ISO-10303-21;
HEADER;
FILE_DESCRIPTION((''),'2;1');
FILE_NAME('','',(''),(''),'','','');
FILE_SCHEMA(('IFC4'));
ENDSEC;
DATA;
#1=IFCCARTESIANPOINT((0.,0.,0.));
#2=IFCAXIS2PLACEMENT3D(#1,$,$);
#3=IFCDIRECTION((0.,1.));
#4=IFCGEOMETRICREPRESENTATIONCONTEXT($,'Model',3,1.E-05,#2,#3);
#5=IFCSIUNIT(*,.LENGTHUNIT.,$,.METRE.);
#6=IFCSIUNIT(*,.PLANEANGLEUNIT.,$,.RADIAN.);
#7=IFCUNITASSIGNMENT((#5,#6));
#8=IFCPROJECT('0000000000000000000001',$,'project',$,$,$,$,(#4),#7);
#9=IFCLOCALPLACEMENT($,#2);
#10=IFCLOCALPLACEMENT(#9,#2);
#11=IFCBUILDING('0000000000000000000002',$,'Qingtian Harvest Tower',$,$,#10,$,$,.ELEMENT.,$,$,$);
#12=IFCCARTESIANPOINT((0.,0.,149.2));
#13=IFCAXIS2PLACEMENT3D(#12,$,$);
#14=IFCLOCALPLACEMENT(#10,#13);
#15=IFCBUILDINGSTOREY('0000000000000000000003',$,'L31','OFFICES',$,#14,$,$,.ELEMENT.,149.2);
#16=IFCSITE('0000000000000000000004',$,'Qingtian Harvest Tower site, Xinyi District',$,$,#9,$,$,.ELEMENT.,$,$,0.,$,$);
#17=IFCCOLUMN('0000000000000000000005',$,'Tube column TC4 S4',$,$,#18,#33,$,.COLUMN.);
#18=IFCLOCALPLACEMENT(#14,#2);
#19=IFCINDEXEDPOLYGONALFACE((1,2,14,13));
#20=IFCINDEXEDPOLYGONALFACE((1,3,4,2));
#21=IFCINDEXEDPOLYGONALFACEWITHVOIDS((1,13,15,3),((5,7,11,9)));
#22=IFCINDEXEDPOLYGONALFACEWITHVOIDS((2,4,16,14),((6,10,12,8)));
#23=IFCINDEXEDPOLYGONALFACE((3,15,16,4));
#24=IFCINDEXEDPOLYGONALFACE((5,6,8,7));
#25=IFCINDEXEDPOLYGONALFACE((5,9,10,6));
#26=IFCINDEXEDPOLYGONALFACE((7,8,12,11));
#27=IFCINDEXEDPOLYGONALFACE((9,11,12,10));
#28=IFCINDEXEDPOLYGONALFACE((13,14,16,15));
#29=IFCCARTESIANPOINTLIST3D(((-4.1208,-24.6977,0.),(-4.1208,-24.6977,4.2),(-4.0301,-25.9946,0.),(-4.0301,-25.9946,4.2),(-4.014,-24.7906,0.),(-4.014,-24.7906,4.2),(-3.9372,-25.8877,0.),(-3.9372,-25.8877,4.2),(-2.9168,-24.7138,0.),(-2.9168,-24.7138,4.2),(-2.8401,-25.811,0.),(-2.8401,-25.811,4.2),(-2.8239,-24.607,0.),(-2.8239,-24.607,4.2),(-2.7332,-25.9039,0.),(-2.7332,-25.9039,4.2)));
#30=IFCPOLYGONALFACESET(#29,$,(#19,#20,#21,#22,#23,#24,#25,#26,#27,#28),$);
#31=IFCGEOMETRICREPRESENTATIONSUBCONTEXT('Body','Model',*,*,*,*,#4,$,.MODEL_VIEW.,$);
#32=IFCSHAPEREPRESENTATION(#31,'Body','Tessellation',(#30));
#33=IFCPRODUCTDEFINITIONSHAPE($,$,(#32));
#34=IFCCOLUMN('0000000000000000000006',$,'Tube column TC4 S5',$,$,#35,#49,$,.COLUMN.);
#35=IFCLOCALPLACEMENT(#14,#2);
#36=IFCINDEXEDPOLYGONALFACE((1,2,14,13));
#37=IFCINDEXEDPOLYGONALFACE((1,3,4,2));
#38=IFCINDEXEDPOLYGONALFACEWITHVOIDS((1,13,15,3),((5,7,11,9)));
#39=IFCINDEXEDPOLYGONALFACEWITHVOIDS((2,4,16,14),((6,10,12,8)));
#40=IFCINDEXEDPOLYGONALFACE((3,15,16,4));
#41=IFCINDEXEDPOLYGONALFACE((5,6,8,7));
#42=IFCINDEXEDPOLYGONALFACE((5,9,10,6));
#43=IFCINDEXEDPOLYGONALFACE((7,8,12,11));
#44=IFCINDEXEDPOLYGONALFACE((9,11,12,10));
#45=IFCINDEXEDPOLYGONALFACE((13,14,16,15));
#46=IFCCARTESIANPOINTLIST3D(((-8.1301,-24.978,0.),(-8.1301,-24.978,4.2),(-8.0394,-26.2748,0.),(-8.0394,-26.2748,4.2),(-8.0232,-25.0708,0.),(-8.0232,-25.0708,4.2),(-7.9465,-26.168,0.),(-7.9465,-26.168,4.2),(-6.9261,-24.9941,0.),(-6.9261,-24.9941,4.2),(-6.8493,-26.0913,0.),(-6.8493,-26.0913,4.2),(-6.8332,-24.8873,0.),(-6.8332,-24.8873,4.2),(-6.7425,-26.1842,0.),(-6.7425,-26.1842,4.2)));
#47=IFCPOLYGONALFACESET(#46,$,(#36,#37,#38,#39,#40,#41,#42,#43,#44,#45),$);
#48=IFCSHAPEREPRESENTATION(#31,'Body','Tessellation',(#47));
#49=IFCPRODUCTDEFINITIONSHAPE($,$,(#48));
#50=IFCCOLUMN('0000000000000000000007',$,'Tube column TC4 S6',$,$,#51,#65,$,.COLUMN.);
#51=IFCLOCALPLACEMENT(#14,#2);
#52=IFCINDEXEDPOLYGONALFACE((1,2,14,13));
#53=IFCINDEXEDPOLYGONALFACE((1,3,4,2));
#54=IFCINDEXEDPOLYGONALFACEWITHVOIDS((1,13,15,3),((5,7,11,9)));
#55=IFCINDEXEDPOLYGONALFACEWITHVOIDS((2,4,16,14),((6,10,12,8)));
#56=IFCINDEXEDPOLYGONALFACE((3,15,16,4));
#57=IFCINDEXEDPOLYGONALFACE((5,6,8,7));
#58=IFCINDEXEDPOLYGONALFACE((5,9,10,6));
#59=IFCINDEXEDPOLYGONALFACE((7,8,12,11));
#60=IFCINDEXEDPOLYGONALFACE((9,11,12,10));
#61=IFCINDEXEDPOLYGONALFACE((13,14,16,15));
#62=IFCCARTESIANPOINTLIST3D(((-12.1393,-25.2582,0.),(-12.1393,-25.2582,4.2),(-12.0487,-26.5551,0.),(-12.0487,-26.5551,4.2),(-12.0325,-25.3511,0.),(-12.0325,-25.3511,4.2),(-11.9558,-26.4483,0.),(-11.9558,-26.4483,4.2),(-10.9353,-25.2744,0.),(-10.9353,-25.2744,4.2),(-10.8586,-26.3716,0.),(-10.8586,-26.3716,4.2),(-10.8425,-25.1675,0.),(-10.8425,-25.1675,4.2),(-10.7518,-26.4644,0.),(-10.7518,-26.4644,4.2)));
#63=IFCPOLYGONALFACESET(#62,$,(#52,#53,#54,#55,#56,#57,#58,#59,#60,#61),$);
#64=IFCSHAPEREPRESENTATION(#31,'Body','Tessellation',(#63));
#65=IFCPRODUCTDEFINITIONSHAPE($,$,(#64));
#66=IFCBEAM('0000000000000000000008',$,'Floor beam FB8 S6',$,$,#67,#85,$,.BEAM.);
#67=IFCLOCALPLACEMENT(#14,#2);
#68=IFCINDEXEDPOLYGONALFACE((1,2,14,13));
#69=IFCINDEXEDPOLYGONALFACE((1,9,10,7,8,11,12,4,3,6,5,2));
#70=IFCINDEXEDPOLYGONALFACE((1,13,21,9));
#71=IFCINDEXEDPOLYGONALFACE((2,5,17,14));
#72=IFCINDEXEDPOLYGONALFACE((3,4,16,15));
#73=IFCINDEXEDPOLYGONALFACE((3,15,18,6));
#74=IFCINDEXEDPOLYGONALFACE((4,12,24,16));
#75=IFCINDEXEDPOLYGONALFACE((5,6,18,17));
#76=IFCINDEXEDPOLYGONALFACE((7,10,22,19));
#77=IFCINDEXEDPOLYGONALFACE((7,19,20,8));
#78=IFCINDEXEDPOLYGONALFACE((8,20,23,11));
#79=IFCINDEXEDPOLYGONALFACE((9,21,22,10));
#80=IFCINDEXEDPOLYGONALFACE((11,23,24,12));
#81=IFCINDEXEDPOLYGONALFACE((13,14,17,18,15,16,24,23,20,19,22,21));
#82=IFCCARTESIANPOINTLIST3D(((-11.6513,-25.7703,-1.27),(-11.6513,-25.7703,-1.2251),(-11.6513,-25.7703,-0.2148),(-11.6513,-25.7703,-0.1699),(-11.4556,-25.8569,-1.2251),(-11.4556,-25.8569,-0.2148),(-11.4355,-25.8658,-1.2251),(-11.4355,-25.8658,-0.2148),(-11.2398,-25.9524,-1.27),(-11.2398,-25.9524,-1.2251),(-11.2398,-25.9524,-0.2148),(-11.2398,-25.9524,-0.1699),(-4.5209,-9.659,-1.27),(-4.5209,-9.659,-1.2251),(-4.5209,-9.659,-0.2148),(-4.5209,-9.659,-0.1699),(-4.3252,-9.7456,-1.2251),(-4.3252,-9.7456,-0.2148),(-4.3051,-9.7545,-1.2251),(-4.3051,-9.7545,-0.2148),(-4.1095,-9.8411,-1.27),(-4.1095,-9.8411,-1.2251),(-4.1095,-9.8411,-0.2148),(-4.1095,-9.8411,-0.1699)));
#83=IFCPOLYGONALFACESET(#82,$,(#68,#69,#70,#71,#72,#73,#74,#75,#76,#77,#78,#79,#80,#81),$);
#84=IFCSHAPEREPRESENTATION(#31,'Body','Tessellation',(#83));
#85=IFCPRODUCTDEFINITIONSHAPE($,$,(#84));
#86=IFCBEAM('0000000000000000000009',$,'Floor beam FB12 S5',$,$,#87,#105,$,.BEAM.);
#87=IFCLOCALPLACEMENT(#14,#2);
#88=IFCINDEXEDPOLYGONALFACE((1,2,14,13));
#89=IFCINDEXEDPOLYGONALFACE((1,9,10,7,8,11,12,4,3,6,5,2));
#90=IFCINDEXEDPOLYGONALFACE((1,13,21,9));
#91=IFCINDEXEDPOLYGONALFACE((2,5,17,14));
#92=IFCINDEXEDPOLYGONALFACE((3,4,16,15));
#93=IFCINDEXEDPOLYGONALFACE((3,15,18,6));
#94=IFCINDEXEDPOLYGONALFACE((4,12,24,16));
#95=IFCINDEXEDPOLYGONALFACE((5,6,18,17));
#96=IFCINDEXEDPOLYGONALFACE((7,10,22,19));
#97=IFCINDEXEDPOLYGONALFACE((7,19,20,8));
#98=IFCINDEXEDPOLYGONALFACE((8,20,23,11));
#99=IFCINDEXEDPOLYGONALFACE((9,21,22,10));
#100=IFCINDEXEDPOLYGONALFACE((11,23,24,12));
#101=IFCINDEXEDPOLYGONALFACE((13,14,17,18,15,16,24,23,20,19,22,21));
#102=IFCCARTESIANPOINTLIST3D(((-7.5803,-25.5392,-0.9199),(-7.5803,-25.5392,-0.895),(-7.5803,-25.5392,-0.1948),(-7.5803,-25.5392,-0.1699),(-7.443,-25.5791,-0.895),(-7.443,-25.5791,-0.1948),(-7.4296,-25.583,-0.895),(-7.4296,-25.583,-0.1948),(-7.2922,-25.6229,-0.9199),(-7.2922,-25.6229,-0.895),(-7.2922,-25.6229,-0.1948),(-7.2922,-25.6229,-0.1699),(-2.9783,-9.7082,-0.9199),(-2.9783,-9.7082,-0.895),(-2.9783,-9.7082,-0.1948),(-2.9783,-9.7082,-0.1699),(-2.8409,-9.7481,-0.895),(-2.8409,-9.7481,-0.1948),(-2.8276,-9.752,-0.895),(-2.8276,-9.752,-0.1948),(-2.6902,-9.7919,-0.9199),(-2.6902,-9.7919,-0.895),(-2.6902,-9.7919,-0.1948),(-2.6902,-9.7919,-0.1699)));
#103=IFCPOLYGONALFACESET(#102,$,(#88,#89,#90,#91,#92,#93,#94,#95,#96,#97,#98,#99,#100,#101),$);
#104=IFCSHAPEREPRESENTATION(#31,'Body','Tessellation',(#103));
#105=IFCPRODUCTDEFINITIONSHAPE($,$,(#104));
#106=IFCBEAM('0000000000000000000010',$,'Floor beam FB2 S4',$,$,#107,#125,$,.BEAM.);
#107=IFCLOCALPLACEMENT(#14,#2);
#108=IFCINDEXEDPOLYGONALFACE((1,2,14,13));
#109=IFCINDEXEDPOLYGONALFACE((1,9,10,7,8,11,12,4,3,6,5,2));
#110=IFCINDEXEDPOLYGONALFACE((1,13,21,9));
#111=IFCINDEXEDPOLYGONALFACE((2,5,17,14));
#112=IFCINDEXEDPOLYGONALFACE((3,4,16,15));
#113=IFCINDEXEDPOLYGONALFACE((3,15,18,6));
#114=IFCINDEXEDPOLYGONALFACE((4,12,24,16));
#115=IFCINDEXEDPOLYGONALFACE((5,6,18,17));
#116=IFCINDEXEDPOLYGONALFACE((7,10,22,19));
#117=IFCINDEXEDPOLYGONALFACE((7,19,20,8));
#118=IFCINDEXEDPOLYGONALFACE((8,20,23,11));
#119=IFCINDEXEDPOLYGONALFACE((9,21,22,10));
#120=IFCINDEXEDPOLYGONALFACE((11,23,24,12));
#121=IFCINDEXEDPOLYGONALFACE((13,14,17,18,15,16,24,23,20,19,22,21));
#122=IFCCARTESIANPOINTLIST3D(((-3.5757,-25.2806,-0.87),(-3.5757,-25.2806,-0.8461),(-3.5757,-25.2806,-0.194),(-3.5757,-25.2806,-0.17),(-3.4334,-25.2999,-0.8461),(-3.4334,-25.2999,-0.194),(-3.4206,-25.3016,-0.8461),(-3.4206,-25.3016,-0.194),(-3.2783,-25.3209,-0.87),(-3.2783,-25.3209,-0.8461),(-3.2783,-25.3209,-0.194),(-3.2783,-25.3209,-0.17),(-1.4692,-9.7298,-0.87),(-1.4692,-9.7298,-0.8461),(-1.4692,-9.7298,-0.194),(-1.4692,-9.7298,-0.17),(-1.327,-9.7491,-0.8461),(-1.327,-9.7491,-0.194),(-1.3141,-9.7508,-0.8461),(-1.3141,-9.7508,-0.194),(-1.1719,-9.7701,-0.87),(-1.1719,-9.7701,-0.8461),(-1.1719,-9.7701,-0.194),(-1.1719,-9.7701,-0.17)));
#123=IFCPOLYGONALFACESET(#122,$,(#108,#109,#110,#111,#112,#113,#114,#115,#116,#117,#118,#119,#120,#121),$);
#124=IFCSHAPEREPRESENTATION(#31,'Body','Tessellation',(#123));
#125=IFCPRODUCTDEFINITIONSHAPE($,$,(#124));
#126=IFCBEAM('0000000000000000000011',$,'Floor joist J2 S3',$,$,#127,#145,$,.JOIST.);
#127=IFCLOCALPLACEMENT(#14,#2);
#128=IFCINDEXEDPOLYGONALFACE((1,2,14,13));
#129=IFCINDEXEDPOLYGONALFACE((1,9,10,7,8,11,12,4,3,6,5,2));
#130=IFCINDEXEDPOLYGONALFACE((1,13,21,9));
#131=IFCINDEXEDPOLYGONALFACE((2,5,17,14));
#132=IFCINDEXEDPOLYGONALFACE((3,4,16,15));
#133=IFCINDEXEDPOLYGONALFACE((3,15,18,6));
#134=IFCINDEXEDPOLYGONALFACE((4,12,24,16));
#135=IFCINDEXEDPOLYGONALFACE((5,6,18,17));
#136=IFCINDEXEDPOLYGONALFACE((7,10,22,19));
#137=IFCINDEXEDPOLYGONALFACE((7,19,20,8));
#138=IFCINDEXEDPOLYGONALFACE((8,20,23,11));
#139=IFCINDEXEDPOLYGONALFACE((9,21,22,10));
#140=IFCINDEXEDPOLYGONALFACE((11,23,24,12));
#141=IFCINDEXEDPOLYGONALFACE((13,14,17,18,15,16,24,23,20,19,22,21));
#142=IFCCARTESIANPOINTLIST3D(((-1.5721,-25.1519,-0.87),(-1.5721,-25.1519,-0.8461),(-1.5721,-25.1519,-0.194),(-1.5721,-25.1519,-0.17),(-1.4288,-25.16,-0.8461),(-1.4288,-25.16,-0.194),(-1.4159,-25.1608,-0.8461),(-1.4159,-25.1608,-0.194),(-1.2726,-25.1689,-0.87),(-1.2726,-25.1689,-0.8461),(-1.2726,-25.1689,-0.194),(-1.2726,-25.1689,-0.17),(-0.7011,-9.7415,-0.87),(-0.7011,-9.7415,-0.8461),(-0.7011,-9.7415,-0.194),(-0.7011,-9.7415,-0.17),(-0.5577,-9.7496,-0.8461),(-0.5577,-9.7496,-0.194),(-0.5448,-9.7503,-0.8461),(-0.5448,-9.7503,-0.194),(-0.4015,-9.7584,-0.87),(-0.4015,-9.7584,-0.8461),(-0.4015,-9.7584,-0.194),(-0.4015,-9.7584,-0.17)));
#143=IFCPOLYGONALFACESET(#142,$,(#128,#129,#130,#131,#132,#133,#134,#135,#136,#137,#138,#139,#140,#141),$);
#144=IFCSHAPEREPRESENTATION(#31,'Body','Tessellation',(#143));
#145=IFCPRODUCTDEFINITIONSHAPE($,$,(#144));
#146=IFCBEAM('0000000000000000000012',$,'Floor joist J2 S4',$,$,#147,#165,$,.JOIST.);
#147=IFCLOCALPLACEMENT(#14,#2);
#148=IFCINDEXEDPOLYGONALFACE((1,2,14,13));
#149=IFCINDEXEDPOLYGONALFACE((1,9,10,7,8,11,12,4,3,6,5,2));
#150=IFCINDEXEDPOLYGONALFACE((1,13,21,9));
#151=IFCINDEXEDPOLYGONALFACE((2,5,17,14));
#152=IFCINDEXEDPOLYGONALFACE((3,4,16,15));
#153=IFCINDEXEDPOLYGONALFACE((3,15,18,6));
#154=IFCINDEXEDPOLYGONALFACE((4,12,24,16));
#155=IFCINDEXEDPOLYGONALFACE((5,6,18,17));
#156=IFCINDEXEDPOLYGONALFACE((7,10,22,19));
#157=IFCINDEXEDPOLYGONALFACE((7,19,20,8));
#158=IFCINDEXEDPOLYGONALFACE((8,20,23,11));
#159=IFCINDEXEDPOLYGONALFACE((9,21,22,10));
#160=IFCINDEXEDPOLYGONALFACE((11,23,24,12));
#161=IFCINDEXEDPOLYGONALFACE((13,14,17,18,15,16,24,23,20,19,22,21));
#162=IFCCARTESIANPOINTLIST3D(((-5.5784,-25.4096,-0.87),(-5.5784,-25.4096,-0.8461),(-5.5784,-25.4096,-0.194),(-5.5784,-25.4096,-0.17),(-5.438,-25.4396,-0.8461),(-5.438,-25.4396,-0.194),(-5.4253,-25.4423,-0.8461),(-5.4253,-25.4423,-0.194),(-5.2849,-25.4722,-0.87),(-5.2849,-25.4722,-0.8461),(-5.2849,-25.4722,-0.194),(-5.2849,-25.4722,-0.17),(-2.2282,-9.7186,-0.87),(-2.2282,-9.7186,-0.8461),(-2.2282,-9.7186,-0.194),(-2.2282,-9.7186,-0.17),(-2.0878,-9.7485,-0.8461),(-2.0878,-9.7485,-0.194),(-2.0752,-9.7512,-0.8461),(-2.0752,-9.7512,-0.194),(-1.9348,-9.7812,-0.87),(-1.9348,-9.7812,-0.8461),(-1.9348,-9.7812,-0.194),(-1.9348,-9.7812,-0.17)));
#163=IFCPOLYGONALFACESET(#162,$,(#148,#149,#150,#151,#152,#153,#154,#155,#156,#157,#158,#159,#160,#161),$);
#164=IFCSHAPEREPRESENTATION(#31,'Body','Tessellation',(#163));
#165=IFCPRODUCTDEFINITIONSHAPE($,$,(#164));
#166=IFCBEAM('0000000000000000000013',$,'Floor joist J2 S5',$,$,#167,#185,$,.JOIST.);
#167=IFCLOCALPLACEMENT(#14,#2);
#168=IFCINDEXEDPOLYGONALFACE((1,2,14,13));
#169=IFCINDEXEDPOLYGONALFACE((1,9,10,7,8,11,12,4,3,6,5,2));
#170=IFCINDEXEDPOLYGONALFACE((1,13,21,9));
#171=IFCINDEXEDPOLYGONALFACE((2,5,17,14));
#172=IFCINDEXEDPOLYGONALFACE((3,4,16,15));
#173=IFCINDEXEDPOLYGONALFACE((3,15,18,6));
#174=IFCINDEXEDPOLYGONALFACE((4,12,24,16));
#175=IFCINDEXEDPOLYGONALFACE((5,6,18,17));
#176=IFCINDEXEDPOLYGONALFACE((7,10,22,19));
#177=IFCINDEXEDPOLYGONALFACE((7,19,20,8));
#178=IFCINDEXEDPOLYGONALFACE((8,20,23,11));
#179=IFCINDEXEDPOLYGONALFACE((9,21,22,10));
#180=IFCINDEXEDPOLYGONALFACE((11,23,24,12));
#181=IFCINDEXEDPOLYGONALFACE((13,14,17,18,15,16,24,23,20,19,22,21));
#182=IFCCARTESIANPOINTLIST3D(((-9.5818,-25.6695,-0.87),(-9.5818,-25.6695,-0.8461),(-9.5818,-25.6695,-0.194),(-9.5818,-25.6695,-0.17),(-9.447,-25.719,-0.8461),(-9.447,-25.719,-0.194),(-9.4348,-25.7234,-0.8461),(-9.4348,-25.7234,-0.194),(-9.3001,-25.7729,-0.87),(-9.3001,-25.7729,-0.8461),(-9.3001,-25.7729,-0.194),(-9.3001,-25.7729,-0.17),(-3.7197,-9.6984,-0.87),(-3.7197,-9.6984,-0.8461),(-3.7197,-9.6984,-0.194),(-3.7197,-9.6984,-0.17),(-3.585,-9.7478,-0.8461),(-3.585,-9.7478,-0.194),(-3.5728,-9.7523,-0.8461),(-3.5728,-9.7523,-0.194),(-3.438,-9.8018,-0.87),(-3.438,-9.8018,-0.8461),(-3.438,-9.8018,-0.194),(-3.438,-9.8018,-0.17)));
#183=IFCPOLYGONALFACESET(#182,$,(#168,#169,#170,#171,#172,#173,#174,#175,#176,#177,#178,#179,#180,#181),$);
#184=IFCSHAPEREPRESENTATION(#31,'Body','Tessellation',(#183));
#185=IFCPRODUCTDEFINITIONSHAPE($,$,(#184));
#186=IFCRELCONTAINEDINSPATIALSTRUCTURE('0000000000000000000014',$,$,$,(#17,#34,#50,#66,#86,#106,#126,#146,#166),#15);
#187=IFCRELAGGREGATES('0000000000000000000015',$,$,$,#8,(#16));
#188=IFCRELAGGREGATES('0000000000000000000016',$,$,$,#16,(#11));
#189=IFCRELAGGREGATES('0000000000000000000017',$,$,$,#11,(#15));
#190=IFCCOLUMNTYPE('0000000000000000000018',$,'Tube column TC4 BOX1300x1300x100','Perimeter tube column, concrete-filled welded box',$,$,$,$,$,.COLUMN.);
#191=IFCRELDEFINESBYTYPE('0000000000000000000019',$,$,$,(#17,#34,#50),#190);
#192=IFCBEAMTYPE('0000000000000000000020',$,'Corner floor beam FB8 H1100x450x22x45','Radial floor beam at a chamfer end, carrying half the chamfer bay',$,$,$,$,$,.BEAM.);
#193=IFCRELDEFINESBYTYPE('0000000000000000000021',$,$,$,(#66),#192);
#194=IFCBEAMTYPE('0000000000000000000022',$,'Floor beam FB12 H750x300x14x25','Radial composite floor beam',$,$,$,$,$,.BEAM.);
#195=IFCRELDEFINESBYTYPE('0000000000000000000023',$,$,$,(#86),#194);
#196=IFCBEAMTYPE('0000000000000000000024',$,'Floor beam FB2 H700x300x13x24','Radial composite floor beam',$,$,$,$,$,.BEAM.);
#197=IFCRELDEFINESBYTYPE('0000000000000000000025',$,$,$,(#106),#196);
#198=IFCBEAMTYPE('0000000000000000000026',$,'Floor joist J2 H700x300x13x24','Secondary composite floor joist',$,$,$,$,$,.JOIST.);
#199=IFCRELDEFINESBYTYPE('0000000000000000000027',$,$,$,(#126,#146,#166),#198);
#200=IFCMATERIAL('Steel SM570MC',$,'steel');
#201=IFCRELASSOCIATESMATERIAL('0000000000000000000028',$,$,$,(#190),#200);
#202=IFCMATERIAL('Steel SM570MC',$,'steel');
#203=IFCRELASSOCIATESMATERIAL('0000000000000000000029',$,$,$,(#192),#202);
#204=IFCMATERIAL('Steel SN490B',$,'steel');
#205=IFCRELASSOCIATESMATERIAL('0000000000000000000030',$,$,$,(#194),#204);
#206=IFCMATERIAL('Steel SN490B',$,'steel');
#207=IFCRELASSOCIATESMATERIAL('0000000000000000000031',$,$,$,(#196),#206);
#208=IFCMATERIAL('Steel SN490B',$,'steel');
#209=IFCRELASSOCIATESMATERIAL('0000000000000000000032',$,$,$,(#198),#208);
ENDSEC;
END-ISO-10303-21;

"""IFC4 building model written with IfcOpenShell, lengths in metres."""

from ifc_helpers import new_model, si_unit, direction, frame, origin, origin_2d, place, context, subcontext, project, spatial, hollow_rectangle, i_section, extrude, material, material_profile, profile_set, type_object, element, save


model = new_model("IFC4")

# Units and contexts
model_context = context("Model", 3, precision=1e-05, world=origin(), true_north=direction((0.0, 1.0)))
body_context = subcontext(model_context, "Body", "Model", "MODEL_VIEW")
ifc_project = project(units=[si_unit("LENGTHUNIT", "METRE"), si_unit("PLANEANGLEUNIT", "RADIAN")], contexts=[model_context])

# Site, building, storey
site_placement = place(None, origin())
site = spatial("IfcSite", under=ifc_project, at=site_placement, Name="Qingtian Harvest Tower site, Xinyi District", CompositionType="ELEMENT", RefElevation=0.0)
building_placement = place(site_placement, origin())
building = spatial("IfcBuilding", under=site, at=building_placement, Name="Qingtian Harvest Tower", CompositionType="ELEMENT")
storey_placement = place(building_placement, frame((0.0, 0.0, 149.2)))
storey = spatial("IfcBuildingStorey", under=building, at=storey_placement, Name="L31", Description="OFFICES", CompositionType="ELEMENT", Elevation=149.2)

# Columns
ifc_material_1 = material(Name="Steel SM570MC", Category="steel")
ifc_material_profile_1 = material_profile(ifc_material_1, hollow_rectangle(XDim=1.3, YDim=1.3, WallThickness=0.1001, at=origin_2d()), Name="BOX1300x1300x100")
ifc_profile_set_1 = profile_set([ifc_material_profile_1], Name="Steel SM570MC")
column_type = type_object("IfcColumnType", Name="Tube column TC4 BOX1300x1300x100", Description="Perimeter tube column, concrete-filled welded box", PredefinedType="COLUMN", material=ifc_profile_set_1)
for number, where, z_axis, x_axis, name in (
    (1, (-3.427, -25.3008, 0.0), (0.0, 0.0, 1.0), (0.997564, 0.069756, 0.0), "Tube column TC4 S4"),
    (2, (-7.4363, -25.5811, 0.0), (0.0, 0.0, 1.0), (0.997564, 0.069756, 0.0), "Tube column TC4 S5"),
    (3, (-11.4456, -25.8613, 0.0), (0.0, 0.0, 1.0), (0.997564, 0.069756, 0.0), "Tube column TC4 S6"),
):
    element("IfcColumn", number, at=place(storey_placement, frame(where, z_axis=z_axis, x_axis=x_axis)), inside=storey, type_object=column_type, Name=name, PredefinedType="COLUMN", context=body_context, shape_type="SweptSolid", body=[
        extrude(hollow_rectangle(XDim=1.3, YDim=1.3, WallThickness=0.1001, at=origin_2d()), origin(), (0.0, 0.0, 1.0), 4.2),
    ])

# Beams
ifc_material_2 = material(Name="Steel SM570MC", Category="steel")
ifc_material_profile_2 = material_profile(ifc_material_2, i_section(OverallWidth=0.45, OverallDepth=1.1001, WebThickness=0.022, FlangeThickness=0.0449, at=origin_2d()), Name="H1100x450x22x45")
ifc_profile_set_2 = profile_set([ifc_material_profile_2], Name="Steel SM570MC")
beam_type_1 = type_object("IfcBeamType", Name="Corner floor beam FB8 H1100x450x22x45", Description="Radial floor beam at a chamfer end, carrying half the chamfer bay", PredefinedType="BEAM", material=ifc_profile_set_2)
beam_1_placement = place(storey_placement, frame((-11.4456, -25.8613, -0.72), z_axis=(0.404706, 0.914447, 0.0), x_axis=(-0.914447, 0.404706, 0.0)))
element("IfcBeam", 4, at=beam_1_placement, inside=storey, type_object=beam_type_1, Name="Floor beam FB8 S6", PredefinedType="BEAM", context=body_context, shape_type="SweptSolid", body=[
    extrude(i_section(OverallWidth=0.45, OverallDepth=1.1001, WebThickness=0.022, FlangeThickness=0.0449, at=origin_2d()), origin(), (0.0, 0.0, 1.0), 17.6187),
])
ifc_material_3 = material(Name="Steel SN490B", Category="steel")
ifc_material_profile_3 = material_profile(ifc_material_3, i_section(OverallWidth=0.3, OverallDepth=0.75, WebThickness=0.0139, FlangeThickness=0.0249, at=origin_2d()), Name="H750x300x14x25")
ifc_profile_set_3 = profile_set([ifc_material_profile_3], Name="Steel SN490B")
beam_type_2 = type_object("IfcBeamType", Name="Floor beam FB12 H750x300x14x25", Description="Radial composite floor beam", PredefinedType="BEAM", material=ifc_profile_set_3)
beam_2_placement = place(storey_placement, frame((-7.4363, -25.5811, -0.5449), z_axis=(0.279142, 0.96025, 0.0), x_axis=(-0.96025, 0.279142, 0.0)))
element("IfcBeam", 5, at=beam_2_placement, inside=storey, type_object=beam_type_2, Name="Floor beam FB12 S5", PredefinedType="BEAM", context=body_context, shape_type="SweptSolid", body=[
    extrude(i_section(OverallWidth=0.3, OverallDepth=0.75, WebThickness=0.0139, FlangeThickness=0.0249, at=origin_2d()), origin(), (0.0, 0.0, 1.0), 16.4863),
])
ifc_material_4 = material(Name="Steel SN490B", Category="steel")
ifc_material_profile_4 = material_profile(ifc_material_4, i_section(OverallWidth=0.3, OverallDepth=0.7, WebThickness=0.0129, FlangeThickness=0.0239, at=origin_2d()), Name="H700x300x13x24")
ifc_profile_set_4 = profile_set([ifc_material_profile_4], Name="Steel SN490B")
beam_type_3 = type_object("IfcBeamType", Name="Floor beam FB2 H700x300x13x24", Description="Radial composite floor beam", PredefinedType="BEAM", material=ifc_profile_set_4)
beam_3_placement = place(storey_placement, frame((-3.427, -25.3008, -0.52), z_axis=(0.13423, 0.99095, 0.0), x_axis=(-0.99095, 0.13423, 0.0)))
element("IfcBeam", 6, at=beam_3_placement, inside=storey, type_object=beam_type_3, Name="Floor beam FB2 S4", PredefinedType="BEAM", context=body_context, shape_type="SweptSolid", body=[
    extrude(i_section(OverallWidth=0.3, OverallDepth=0.7, WebThickness=0.0129, FlangeThickness=0.0239, at=origin_2d()), origin(), (0.0, 0.0, 1.0), 15.6929),
])
ifc_material_5 = material(Name="Steel SN490B", Category="steel")
ifc_material_profile_5 = material_profile(ifc_material_5, i_section(OverallWidth=0.3, OverallDepth=0.7, WebThickness=0.0129, FlangeThickness=0.0239, at=origin_2d()), Name="H700x300x13x24")
ifc_profile_set_5 = profile_set([ifc_material_profile_5], Name="Steel SN490B")
beam_type_4 = type_object("IfcBeamType", Name="Floor joist J2 H700x300x13x24", Description="Secondary composite floor joist", PredefinedType="JOIST", material=ifc_profile_set_5)
beam_4_placement = place(storey_placement, frame((-1.4224, -25.1604, -0.52), z_axis=(0.056436, 0.998406, 0.0), x_axis=(-0.998406, 0.056436, 0.0)))
element("IfcBeam", 7, at=beam_4_placement, inside=storey, type_object=beam_type_4, Name="Floor joist J2 S3", PredefinedType="JOIST", context=body_context, shape_type="SweptSolid", body=[
    extrude(i_section(OverallWidth=0.3, OverallDepth=0.7, WebThickness=0.0129, FlangeThickness=0.0239, at=origin_2d()), origin(), (0.0, 0.0, 1.0), 15.4351),
])
beam_5_placement = place(storey_placement, frame((-5.4316, -25.4409, -0.52), z_axis=(0.2088, 0.977958, 0.0), x_axis=(-0.977958, 0.2088, 0.0)))
element("IfcBeam", 8, at=beam_5_placement, inside=storey, type_object=beam_type_4, Name="Floor joist J2 S4", PredefinedType="JOIST", context=body_context, shape_type="SweptSolid", body=[
    extrude(i_section(OverallWidth=0.3, OverallDepth=0.7, WebThickness=0.0129, FlangeThickness=0.0239, at=origin_2d()), origin(), (0.0, 0.0, 1.0), 16.0447),
])
beam_6_placement = place(storey_placement, frame((-9.4409, -25.7212, -0.52), z_axis=(0.344563, 0.938763, 0.0), x_axis=(-0.938763, 0.344563, 0.0)))
element("IfcBeam", 9, at=beam_6_placement, inside=storey, type_object=beam_type_4, Name="Floor joist J2 S5", PredefinedType="JOIST", context=body_context, shape_type="SweptSolid", body=[
    extrude(i_section(OverallWidth=0.3, OverallDepth=0.7, WebThickness=0.0129, FlangeThickness=0.0239, at=origin_2d()), origin(), (0.0, 0.0, 1.0), 17.0129),
])

save(model, "model.ifc")
